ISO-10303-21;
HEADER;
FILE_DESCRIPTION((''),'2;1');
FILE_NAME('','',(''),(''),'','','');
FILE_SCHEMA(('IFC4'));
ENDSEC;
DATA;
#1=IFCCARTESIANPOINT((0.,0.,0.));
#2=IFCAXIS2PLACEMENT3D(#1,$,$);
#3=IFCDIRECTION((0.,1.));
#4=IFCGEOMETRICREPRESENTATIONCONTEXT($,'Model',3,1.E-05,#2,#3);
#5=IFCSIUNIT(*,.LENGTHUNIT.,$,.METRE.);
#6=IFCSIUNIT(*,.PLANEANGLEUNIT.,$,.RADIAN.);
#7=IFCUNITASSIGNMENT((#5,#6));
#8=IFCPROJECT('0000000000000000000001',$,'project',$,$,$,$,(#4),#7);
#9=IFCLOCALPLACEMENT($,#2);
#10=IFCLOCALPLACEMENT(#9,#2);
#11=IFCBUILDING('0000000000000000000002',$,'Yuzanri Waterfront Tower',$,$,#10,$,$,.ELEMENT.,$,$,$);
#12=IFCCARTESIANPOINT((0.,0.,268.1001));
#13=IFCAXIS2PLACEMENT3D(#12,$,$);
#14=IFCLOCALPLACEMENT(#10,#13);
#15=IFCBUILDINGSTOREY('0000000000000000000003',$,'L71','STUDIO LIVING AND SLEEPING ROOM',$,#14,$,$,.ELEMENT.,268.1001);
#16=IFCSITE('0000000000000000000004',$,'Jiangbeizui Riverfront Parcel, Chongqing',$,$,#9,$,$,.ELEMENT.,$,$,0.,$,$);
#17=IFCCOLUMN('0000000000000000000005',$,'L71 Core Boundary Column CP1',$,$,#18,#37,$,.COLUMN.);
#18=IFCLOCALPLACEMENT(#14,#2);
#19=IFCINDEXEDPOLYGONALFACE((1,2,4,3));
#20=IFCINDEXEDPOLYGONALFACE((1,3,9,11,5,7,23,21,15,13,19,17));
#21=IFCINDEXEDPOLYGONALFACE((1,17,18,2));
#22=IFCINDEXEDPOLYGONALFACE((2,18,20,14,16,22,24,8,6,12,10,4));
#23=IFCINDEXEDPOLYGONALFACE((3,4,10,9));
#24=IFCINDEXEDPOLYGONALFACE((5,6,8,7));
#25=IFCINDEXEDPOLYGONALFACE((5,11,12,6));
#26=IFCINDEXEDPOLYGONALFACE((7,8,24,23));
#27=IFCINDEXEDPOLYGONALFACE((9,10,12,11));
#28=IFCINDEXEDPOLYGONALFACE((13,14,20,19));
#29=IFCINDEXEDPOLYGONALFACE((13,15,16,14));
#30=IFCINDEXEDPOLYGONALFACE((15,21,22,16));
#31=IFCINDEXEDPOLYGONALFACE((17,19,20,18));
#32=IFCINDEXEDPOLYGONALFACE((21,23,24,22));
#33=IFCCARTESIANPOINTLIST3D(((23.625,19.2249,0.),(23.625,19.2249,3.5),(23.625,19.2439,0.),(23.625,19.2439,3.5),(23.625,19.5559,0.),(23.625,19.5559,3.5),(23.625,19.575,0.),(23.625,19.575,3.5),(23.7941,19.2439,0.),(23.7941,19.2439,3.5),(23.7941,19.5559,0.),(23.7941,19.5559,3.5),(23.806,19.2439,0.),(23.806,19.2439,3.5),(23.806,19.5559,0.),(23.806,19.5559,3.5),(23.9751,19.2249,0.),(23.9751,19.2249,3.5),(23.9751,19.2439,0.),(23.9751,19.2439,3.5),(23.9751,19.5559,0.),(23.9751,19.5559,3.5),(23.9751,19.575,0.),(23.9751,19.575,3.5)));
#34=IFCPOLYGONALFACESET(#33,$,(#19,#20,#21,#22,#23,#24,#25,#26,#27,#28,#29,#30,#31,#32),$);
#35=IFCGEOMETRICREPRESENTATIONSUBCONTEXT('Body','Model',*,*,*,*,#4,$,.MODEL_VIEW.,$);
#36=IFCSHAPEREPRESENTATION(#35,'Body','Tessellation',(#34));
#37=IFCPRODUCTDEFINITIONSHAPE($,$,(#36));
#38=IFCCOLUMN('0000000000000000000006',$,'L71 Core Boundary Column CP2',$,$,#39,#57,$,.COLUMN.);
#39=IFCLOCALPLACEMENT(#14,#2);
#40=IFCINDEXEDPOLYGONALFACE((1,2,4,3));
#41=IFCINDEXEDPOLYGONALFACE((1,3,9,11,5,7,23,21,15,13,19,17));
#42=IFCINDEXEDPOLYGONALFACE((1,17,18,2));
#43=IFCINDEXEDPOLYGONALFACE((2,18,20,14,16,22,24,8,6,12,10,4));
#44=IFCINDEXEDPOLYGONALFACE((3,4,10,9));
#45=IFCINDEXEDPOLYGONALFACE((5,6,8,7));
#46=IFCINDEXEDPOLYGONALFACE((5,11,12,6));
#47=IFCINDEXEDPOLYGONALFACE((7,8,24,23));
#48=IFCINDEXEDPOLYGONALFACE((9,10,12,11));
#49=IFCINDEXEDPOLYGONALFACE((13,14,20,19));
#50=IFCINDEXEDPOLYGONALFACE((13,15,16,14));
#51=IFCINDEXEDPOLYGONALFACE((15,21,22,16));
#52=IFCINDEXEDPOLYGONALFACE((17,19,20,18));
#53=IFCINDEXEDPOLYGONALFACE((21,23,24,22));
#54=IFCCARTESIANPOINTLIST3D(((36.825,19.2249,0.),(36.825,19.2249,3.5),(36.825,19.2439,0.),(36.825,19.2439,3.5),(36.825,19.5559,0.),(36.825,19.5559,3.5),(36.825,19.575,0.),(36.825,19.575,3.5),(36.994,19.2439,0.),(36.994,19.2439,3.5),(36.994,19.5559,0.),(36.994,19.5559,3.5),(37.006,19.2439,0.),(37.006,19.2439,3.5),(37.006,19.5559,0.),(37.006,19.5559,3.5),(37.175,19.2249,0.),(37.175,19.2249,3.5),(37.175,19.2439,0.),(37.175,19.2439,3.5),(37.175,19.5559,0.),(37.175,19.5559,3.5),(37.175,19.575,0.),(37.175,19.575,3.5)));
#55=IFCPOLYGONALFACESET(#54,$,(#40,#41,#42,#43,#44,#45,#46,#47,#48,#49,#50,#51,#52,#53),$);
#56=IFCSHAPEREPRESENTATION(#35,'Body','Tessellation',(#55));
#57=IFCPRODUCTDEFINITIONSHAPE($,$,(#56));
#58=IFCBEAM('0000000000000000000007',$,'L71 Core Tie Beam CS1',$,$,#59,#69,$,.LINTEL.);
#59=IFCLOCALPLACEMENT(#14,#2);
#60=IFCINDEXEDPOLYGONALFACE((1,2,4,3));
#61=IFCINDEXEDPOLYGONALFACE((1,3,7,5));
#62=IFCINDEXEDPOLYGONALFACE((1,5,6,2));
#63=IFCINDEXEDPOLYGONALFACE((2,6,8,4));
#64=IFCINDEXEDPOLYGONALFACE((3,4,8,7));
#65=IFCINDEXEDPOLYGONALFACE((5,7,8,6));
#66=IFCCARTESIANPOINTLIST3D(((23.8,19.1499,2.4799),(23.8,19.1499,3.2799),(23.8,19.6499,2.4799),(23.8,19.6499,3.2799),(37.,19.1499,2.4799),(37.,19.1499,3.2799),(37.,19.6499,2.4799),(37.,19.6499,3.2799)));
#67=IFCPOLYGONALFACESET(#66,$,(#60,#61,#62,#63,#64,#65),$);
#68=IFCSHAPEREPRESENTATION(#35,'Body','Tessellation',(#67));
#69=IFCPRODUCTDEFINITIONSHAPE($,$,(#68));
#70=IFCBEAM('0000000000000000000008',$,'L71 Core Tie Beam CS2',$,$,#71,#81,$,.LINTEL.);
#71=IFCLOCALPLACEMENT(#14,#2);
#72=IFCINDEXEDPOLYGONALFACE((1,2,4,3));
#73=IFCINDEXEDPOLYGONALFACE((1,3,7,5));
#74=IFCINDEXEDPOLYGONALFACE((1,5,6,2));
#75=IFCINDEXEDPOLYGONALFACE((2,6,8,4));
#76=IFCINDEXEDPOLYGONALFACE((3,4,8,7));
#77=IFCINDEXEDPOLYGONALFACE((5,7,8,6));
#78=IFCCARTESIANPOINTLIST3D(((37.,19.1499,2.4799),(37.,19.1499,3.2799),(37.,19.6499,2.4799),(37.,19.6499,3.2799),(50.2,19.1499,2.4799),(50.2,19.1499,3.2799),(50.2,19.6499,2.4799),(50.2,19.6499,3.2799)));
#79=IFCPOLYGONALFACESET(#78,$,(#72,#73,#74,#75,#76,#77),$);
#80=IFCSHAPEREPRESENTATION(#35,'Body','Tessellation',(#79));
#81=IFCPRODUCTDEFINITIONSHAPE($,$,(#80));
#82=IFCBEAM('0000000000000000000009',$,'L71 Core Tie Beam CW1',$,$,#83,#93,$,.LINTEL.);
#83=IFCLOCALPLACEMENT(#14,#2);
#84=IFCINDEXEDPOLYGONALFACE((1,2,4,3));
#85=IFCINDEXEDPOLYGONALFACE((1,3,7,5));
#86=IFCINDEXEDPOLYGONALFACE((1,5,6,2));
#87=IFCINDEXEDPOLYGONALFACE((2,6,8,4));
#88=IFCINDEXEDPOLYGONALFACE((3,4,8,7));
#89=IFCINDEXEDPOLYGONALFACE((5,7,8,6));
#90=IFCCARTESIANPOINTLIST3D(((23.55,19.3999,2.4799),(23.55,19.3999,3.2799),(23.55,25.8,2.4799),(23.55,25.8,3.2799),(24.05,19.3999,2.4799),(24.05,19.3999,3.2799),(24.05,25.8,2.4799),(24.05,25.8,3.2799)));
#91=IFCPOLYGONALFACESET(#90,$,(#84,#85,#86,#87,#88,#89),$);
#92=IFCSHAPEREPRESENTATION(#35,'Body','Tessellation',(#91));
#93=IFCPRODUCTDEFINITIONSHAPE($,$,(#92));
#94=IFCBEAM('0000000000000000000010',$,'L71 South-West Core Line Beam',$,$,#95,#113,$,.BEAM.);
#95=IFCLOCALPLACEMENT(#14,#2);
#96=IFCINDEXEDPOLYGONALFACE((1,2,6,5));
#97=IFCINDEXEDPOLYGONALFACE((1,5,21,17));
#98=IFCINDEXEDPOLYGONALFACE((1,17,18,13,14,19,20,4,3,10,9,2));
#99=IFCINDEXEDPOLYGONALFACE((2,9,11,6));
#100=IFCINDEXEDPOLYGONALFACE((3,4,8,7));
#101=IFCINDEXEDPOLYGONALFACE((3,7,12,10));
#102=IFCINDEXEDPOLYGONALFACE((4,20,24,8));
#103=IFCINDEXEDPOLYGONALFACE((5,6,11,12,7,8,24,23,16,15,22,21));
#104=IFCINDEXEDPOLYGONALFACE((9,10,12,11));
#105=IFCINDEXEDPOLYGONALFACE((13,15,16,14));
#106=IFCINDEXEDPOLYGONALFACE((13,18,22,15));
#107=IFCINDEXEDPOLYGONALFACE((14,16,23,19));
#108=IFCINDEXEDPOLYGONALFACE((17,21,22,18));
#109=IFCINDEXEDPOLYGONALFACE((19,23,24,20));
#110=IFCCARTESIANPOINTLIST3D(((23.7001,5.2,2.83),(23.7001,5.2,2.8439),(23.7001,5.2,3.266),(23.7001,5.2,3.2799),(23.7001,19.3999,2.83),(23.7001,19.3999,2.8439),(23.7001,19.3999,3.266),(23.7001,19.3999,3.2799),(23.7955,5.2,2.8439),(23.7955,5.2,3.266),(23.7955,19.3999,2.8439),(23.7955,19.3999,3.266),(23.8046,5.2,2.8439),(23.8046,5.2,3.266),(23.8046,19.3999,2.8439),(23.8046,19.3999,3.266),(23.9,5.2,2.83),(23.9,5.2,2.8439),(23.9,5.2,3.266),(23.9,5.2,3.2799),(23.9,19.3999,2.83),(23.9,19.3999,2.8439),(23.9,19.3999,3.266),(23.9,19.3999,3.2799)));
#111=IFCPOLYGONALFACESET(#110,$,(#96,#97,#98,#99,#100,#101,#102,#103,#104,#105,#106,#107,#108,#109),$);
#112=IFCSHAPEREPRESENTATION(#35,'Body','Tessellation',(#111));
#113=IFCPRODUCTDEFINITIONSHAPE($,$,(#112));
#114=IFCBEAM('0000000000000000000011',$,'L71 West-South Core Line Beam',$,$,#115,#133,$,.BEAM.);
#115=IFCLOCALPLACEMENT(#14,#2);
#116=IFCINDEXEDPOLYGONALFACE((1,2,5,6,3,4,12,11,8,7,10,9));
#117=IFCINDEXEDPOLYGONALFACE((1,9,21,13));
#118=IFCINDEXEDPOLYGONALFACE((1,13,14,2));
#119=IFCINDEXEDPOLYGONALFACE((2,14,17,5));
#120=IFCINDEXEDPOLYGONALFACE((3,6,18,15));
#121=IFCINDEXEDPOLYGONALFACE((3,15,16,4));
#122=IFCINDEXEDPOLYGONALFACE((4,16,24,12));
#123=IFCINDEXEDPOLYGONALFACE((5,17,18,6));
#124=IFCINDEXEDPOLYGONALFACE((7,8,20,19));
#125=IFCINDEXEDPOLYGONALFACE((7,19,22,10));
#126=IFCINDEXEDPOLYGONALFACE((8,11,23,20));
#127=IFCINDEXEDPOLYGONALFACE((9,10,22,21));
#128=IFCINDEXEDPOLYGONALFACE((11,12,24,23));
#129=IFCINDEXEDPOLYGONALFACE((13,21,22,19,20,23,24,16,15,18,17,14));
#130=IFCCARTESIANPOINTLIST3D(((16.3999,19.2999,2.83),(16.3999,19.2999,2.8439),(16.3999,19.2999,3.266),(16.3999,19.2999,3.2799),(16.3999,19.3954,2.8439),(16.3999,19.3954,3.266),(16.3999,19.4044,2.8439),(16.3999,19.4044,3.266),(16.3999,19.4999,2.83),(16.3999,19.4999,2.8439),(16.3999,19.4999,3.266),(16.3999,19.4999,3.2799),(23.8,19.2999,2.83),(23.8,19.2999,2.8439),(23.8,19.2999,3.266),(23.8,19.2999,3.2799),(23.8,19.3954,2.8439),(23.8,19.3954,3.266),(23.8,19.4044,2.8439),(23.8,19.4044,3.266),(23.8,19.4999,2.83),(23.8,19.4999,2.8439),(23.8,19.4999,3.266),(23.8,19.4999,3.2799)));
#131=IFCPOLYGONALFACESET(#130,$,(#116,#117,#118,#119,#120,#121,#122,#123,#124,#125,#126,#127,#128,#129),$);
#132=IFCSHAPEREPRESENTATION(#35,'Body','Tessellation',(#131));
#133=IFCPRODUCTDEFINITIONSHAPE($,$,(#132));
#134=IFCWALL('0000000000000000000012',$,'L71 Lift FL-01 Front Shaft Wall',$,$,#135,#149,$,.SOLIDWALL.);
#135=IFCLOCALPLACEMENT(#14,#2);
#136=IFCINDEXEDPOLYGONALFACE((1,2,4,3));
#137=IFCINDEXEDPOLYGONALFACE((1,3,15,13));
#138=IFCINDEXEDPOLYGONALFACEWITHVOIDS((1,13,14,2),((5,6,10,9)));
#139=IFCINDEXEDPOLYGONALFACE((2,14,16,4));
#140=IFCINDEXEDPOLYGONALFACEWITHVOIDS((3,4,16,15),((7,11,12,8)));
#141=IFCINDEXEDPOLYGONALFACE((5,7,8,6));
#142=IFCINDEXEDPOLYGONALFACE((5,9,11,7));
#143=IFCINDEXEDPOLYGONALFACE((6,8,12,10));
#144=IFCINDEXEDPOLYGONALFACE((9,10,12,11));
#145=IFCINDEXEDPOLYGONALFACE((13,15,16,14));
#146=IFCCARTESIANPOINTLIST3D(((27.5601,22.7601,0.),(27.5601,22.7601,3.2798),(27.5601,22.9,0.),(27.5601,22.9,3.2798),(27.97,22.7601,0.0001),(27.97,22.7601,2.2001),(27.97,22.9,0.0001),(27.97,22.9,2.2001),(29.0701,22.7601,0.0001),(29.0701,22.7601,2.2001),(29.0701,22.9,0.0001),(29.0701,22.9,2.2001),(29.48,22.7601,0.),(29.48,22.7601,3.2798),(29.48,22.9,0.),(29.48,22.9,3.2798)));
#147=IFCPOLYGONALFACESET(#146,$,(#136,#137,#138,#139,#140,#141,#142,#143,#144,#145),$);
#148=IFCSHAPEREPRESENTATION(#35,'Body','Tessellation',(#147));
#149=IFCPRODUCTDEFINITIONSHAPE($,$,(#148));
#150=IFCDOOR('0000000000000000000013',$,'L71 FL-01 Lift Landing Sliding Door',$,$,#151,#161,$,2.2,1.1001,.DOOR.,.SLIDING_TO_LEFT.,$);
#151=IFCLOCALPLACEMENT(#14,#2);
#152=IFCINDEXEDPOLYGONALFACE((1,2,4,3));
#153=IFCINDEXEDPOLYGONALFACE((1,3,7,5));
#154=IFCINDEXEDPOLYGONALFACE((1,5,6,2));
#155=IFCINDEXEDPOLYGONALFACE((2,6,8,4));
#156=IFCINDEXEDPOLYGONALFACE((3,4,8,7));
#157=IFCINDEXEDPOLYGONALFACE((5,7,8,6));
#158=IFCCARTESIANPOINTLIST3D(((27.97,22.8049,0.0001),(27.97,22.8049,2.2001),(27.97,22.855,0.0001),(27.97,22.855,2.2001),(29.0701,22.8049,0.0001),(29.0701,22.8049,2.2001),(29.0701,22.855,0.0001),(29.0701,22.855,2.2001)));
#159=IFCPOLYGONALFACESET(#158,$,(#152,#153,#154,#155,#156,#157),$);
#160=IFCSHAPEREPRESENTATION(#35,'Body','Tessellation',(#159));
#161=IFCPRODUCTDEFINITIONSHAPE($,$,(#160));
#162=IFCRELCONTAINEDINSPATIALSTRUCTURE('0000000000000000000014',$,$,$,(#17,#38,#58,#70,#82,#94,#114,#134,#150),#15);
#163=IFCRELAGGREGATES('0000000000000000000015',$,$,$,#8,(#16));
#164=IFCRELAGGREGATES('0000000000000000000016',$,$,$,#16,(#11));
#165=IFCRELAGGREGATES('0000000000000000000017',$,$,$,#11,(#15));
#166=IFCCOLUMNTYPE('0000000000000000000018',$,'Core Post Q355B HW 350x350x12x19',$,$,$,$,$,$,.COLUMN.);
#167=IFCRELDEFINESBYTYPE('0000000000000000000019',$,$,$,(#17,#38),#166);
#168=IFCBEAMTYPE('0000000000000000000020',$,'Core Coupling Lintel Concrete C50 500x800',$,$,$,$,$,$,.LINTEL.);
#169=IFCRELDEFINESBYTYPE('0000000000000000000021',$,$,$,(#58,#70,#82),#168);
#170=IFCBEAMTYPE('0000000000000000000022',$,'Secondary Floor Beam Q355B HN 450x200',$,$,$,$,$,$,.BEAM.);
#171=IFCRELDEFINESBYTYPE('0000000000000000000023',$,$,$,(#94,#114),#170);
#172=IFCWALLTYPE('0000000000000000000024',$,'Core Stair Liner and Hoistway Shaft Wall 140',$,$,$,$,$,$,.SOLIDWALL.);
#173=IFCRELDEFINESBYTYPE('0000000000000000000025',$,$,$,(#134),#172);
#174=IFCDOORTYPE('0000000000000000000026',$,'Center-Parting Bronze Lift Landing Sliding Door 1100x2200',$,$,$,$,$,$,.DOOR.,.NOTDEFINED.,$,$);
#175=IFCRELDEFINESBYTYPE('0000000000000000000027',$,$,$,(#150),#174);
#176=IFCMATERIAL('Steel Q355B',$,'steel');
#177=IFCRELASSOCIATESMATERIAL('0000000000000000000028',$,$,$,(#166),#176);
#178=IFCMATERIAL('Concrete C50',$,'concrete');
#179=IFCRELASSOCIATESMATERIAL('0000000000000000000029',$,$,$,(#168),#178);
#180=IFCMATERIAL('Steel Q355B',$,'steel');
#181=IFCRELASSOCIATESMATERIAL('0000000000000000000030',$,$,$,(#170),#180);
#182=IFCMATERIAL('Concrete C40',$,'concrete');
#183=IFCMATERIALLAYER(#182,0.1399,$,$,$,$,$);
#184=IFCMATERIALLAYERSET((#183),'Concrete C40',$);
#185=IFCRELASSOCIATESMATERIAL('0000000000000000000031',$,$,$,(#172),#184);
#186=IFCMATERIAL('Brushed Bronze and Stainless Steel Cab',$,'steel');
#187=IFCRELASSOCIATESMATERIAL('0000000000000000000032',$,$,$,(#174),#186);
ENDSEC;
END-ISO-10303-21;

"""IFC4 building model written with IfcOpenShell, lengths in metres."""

from ifc_helpers import new_model, si_unit, direction, frame, frame_2d, origin, origin_2d, place, context, subcontext, project, spatial, rectangle, i_section, extrude, source, transform, mapped, material, layer, layer_set, material_profile, profile_set, type_object, element, fill, save


model = new_model("IFC4")

# Units and contexts
model_context = context("Model", 3, precision=1e-05, world=origin(), true_north=direction((0.0, 1.0)))
body_context = subcontext(model_context, "Body", "Model", "MODEL_VIEW")
ifc_project = project(units=[si_unit("LENGTHUNIT", "METRE"), si_unit("PLANEANGLEUNIT", "RADIAN")], contexts=[model_context])

# Site, building, storey
site_placement = place(None, origin())
site = spatial("IfcSite", under=ifc_project, at=site_placement, Name="Jiangbeizui Riverfront Parcel, Chongqing", CompositionType="ELEMENT", RefElevation=0.0)
building_placement = place(site_placement, origin())
building = spatial("IfcBuilding", under=site, at=building_placement, Name="Yuzanri Waterfront Tower", CompositionType="ELEMENT")
storey_placement = place(building_placement, frame((0.0, 0.0, 268.1001)))
storey = spatial("IfcBuildingStorey", under=building, at=storey_placement, Name="L71", Description="STUDIO LIVING AND SLEEPING ROOM", CompositionType="ELEMENT", Elevation=268.1001)

# Columns
ifc_material_1 = material(Name="Steel Q355B", Category="steel")
ifc_material_profile_1 = material_profile(ifc_material_1, i_section(OverallWidth=0.3501, OverallDepth=0.3501, WebThickness=0.012, FlangeThickness=0.019, at=origin_2d()), Name="HW 350x350x12x19")
ifc_profile_set_1 = profile_set([ifc_material_profile_1], Name="Steel Q355B")
column_type = type_object("IfcColumnType", Name="Core Post Q355B HW 350x350x12x19", PredefinedType="COLUMN", material=ifc_profile_set_1)
shared_shape_1 = source(origin(), body_context, "Body", "SweptSolid", [
    extrude(i_section(OverallWidth=0.3501, OverallDepth=0.3501, WebThickness=0.012, FlangeThickness=0.019, at=origin_2d()), origin(), (0.0, 0.0, 1.0), 3.5),
])
for number, where, z_axis, x_axis, name in (
    (1, (23.8, 19.3999, 0.0), (0.0, 0.0, 1.0), (1.0, 0.0, 0.0), "L71 Core Boundary Column CP1"),
    (2, (37.0, 19.3999, 0.0), (0.0, 0.0, 1.0), (1.0, 0.0, 0.0), "L71 Core Boundary Column CP2"),
):
    element("IfcColumn", number, at=place(storey_placement, frame(where, z_axis=z_axis, x_axis=x_axis)), inside=storey, type_object=column_type, Name=name, PredefinedType="COLUMN", context=body_context, shape_type="MappedRepresentation", body=[
        mapped(shared_shape_1, transform((0.0, 0.0, 0.0), scale=1.0)),
    ])

# Beams
ifc_material_2 = material(Name="Concrete C50", Category="concrete")
ifc_material_profile_2 = material_profile(ifc_material_2, rectangle(XDim=0.5, YDim=0.8, at=origin_2d()), Name="RC 500x800")
ifc_profile_set_2 = profile_set([ifc_material_profile_2], Name="Concrete C50")
beam_type_1 = type_object("IfcBeamType", Name="Core Coupling Lintel Concrete C50 500x800", PredefinedType="LINTEL", material=ifc_profile_set_2)
shared_shape_2 = source(origin(), body_context, "Body", "SweptSolid", [
    extrude(rectangle(XDim=0.5, YDim=0.8, at=origin_2d()), origin(), (0.0, 0.0, 1.0), 13.2),
])
for number, where, z_axis, x_axis, name in (
    (3, (23.8, 19.3999, 2.8799), (1.0, 0.0, 0.0), (0.0, 1.0, 0.0), "L71 Core Tie Beam CS1"),
    (4, (37.0, 19.3999, 2.8799), (1.0, 0.0, 0.0), (0.0, 1.0, 0.0), "L71 Core Tie Beam CS2"),
):
    element("IfcBeam", number, at=place(storey_placement, frame(where, z_axis=z_axis, x_axis=x_axis)), inside=storey, type_object=beam_type_1, Name=name, PredefinedType="LINTEL", context=body_context, shape_type="MappedRepresentation", body=[
        mapped(shared_shape_2, transform((0.0, 0.0, 0.0), scale=1.0)),
    ])
shared_shape_3 = source(origin(), body_context, "Body", "SweptSolid", [
    extrude(rectangle(XDim=0.5, YDim=0.8, at=origin_2d()), origin(), (0.0, 0.0, 1.0), 6.4001),
])
beam_1_placement = place(storey_placement, frame((23.8, 19.3999, 2.8799), z_axis=(0.0, 1.0, 0.0), x_axis=(-1.0, 0.0, 0.0)))
element("IfcBeam", 5, at=beam_1_placement, inside=storey, type_object=beam_type_1, Name="L71 Core Tie Beam CW1", PredefinedType="LINTEL", context=body_context, shape_type="MappedRepresentation", body=[
    mapped(shared_shape_3, transform((0.0, 0.0, 0.0), scale=1.0)),
])
ifc_material_3 = material(Name="Steel Q355B", Category="steel")
ifc_material_profile_3 = material_profile(ifc_material_3, i_section(OverallWidth=0.2, OverallDepth=0.45, WebThickness=0.009, FlangeThickness=0.0139, at=origin_2d()), Name="HN 450x200x9x14")
ifc_profile_set_3 = profile_set([ifc_material_profile_3], Name="Steel Q355B")
beam_type_2 = type_object("IfcBeamType", Name="Secondary Floor Beam Q355B HN 450x200", PredefinedType="BEAM", material=ifc_profile_set_3)
shared_shape_4 = source(origin(), body_context, "Body", "SweptSolid", [
    extrude(i_section(OverallWidth=0.2, OverallDepth=0.45, WebThickness=0.009, FlangeThickness=0.0139, at=origin_2d()), origin(), (0.0, 0.0, 1.0), 14.2),
])
beam_2_placement = place(storey_placement, frame((23.8, 19.3999, 3.0549), z_axis=(0.0, -1.0, 0.0), x_axis=(1.0, 0.0, 0.0)))
element("IfcBeam", 6, at=beam_2_placement, inside=storey, type_object=beam_type_2, Name="L71 South-West Core Line Beam", PredefinedType="BEAM", context=body_context, shape_type="MappedRepresentation", body=[
    mapped(shared_shape_4, transform((0.0, 0.0, 0.0), scale=1.0)),
])
shared_shape_5 = source(origin(), body_context, "Body", "SweptSolid", [
    extrude(i_section(OverallWidth=0.2, OverallDepth=0.45, WebThickness=0.009, FlangeThickness=0.0139, at=origin_2d()), origin(), (0.0, 0.0, 1.0), 7.4001),
])
beam_3_placement = place(storey_placement, frame((23.8, 19.3999, 3.0549), z_axis=(-1.0, 0.0, 0.0), x_axis=(0.0, -1.0, 0.0)))
element("IfcBeam", 7, at=beam_3_placement, inside=storey, type_object=beam_type_2, Name="L71 West-South Core Line Beam", PredefinedType="BEAM", context=body_context, shape_type="MappedRepresentation", body=[
    mapped(shared_shape_5, transform((0.0, 0.0, 0.0), scale=1.0)),
])

# Wall, opening, door
ifc_material_4 = material(Name="Concrete C40", Category="concrete")
ifc_layer_1 = layer(ifc_material_4, 0.1399)
ifc_layer_set_1 = layer_set([ifc_layer_1], Name="Concrete C40")
wall_type_1 = type_object("IfcWallType", Name="Core Stair Liner and Hoistway Shaft Wall 140", PredefinedType="SOLIDWALL", material=ifc_layer_set_1)
wall_1_placement = place(storey_placement, frame((27.5601, 22.8301, 0.0), z_axis=(0.0, 0.0, 1.0), x_axis=(1.0, 0.0, 0.0)))
wall_1 = element("IfcWall", 8, at=wall_1_placement, inside=storey, type_object=wall_type_1, Name="L71 Lift FL-01 Front Shaft Wall", PredefinedType="SOLIDWALL", context=body_context, shape_type="SweptSolid", body=[
    extrude(rectangle(XDim=1.9199, YDim=0.1399, at=frame_2d((0.96, 0.0))), origin(), (0.0, 0.0, 1.0), 3.2798),
])
opening_1_placement = place(wall_1_placement, frame((0.4099, 0.0, 0.0)))
opening_1 = element("IfcOpeningElement", 9, at=opening_1_placement, cuts=wall_1, PredefinedType="OPENING", context=body_context, shape_type="SweptSolid", body=[
    extrude(rectangle(XDim=1.1001, YDim=2.2, at=frame_2d((0.55, 1.1001))), frame((0.0, 0.085, 0.0), z_axis=(0.0, -1.0, 0.0), x_axis=(1.0, 0.0, 0.0)), (0.0, 0.0, 1.0), 0.1697),
])
ifc_material_5 = material(Name="Brushed Bronze and Stainless Steel Cab", Category="steel")
door_type_1 = type_object("IfcDoorType", Name="Center-Parting Bronze Lift Landing Sliding Door 1100x2200", OperationType="NOTDEFINED", PredefinedType="DOOR", material=ifc_material_5)
shared_shape_6 = source(origin(), body_context, "Body", "SweptSolid", [
    extrude(rectangle(XDim=1.1001, YDim=2.2, at=frame_2d((0.55, 1.1001))), frame((0.0, 0.0249, 0.0), z_axis=(0.0, -1.0, 0.0), x_axis=(1.0, 0.0, 0.0)), (0.0, 0.0, 1.0), 0.05),
])
door_1_placement = place(opening_1_placement, origin())
door_1 = element("IfcDoor", 10, at=door_1_placement, inside=storey, type_object=door_type_1, Name="L71 FL-01 Lift Landing Sliding Door", OperationType="SLIDING_TO_LEFT", OverallHeight=2.2, OverallWidth=1.1001, PredefinedType="DOOR", context=body_context, shape_type="MappedRepresentation", body=[
    mapped(shared_shape_6, transform((0.0, 0.0, 0.0), scale=1.0)),
])
fill(opening_1, door_1)

save(model, "model.ifc")
